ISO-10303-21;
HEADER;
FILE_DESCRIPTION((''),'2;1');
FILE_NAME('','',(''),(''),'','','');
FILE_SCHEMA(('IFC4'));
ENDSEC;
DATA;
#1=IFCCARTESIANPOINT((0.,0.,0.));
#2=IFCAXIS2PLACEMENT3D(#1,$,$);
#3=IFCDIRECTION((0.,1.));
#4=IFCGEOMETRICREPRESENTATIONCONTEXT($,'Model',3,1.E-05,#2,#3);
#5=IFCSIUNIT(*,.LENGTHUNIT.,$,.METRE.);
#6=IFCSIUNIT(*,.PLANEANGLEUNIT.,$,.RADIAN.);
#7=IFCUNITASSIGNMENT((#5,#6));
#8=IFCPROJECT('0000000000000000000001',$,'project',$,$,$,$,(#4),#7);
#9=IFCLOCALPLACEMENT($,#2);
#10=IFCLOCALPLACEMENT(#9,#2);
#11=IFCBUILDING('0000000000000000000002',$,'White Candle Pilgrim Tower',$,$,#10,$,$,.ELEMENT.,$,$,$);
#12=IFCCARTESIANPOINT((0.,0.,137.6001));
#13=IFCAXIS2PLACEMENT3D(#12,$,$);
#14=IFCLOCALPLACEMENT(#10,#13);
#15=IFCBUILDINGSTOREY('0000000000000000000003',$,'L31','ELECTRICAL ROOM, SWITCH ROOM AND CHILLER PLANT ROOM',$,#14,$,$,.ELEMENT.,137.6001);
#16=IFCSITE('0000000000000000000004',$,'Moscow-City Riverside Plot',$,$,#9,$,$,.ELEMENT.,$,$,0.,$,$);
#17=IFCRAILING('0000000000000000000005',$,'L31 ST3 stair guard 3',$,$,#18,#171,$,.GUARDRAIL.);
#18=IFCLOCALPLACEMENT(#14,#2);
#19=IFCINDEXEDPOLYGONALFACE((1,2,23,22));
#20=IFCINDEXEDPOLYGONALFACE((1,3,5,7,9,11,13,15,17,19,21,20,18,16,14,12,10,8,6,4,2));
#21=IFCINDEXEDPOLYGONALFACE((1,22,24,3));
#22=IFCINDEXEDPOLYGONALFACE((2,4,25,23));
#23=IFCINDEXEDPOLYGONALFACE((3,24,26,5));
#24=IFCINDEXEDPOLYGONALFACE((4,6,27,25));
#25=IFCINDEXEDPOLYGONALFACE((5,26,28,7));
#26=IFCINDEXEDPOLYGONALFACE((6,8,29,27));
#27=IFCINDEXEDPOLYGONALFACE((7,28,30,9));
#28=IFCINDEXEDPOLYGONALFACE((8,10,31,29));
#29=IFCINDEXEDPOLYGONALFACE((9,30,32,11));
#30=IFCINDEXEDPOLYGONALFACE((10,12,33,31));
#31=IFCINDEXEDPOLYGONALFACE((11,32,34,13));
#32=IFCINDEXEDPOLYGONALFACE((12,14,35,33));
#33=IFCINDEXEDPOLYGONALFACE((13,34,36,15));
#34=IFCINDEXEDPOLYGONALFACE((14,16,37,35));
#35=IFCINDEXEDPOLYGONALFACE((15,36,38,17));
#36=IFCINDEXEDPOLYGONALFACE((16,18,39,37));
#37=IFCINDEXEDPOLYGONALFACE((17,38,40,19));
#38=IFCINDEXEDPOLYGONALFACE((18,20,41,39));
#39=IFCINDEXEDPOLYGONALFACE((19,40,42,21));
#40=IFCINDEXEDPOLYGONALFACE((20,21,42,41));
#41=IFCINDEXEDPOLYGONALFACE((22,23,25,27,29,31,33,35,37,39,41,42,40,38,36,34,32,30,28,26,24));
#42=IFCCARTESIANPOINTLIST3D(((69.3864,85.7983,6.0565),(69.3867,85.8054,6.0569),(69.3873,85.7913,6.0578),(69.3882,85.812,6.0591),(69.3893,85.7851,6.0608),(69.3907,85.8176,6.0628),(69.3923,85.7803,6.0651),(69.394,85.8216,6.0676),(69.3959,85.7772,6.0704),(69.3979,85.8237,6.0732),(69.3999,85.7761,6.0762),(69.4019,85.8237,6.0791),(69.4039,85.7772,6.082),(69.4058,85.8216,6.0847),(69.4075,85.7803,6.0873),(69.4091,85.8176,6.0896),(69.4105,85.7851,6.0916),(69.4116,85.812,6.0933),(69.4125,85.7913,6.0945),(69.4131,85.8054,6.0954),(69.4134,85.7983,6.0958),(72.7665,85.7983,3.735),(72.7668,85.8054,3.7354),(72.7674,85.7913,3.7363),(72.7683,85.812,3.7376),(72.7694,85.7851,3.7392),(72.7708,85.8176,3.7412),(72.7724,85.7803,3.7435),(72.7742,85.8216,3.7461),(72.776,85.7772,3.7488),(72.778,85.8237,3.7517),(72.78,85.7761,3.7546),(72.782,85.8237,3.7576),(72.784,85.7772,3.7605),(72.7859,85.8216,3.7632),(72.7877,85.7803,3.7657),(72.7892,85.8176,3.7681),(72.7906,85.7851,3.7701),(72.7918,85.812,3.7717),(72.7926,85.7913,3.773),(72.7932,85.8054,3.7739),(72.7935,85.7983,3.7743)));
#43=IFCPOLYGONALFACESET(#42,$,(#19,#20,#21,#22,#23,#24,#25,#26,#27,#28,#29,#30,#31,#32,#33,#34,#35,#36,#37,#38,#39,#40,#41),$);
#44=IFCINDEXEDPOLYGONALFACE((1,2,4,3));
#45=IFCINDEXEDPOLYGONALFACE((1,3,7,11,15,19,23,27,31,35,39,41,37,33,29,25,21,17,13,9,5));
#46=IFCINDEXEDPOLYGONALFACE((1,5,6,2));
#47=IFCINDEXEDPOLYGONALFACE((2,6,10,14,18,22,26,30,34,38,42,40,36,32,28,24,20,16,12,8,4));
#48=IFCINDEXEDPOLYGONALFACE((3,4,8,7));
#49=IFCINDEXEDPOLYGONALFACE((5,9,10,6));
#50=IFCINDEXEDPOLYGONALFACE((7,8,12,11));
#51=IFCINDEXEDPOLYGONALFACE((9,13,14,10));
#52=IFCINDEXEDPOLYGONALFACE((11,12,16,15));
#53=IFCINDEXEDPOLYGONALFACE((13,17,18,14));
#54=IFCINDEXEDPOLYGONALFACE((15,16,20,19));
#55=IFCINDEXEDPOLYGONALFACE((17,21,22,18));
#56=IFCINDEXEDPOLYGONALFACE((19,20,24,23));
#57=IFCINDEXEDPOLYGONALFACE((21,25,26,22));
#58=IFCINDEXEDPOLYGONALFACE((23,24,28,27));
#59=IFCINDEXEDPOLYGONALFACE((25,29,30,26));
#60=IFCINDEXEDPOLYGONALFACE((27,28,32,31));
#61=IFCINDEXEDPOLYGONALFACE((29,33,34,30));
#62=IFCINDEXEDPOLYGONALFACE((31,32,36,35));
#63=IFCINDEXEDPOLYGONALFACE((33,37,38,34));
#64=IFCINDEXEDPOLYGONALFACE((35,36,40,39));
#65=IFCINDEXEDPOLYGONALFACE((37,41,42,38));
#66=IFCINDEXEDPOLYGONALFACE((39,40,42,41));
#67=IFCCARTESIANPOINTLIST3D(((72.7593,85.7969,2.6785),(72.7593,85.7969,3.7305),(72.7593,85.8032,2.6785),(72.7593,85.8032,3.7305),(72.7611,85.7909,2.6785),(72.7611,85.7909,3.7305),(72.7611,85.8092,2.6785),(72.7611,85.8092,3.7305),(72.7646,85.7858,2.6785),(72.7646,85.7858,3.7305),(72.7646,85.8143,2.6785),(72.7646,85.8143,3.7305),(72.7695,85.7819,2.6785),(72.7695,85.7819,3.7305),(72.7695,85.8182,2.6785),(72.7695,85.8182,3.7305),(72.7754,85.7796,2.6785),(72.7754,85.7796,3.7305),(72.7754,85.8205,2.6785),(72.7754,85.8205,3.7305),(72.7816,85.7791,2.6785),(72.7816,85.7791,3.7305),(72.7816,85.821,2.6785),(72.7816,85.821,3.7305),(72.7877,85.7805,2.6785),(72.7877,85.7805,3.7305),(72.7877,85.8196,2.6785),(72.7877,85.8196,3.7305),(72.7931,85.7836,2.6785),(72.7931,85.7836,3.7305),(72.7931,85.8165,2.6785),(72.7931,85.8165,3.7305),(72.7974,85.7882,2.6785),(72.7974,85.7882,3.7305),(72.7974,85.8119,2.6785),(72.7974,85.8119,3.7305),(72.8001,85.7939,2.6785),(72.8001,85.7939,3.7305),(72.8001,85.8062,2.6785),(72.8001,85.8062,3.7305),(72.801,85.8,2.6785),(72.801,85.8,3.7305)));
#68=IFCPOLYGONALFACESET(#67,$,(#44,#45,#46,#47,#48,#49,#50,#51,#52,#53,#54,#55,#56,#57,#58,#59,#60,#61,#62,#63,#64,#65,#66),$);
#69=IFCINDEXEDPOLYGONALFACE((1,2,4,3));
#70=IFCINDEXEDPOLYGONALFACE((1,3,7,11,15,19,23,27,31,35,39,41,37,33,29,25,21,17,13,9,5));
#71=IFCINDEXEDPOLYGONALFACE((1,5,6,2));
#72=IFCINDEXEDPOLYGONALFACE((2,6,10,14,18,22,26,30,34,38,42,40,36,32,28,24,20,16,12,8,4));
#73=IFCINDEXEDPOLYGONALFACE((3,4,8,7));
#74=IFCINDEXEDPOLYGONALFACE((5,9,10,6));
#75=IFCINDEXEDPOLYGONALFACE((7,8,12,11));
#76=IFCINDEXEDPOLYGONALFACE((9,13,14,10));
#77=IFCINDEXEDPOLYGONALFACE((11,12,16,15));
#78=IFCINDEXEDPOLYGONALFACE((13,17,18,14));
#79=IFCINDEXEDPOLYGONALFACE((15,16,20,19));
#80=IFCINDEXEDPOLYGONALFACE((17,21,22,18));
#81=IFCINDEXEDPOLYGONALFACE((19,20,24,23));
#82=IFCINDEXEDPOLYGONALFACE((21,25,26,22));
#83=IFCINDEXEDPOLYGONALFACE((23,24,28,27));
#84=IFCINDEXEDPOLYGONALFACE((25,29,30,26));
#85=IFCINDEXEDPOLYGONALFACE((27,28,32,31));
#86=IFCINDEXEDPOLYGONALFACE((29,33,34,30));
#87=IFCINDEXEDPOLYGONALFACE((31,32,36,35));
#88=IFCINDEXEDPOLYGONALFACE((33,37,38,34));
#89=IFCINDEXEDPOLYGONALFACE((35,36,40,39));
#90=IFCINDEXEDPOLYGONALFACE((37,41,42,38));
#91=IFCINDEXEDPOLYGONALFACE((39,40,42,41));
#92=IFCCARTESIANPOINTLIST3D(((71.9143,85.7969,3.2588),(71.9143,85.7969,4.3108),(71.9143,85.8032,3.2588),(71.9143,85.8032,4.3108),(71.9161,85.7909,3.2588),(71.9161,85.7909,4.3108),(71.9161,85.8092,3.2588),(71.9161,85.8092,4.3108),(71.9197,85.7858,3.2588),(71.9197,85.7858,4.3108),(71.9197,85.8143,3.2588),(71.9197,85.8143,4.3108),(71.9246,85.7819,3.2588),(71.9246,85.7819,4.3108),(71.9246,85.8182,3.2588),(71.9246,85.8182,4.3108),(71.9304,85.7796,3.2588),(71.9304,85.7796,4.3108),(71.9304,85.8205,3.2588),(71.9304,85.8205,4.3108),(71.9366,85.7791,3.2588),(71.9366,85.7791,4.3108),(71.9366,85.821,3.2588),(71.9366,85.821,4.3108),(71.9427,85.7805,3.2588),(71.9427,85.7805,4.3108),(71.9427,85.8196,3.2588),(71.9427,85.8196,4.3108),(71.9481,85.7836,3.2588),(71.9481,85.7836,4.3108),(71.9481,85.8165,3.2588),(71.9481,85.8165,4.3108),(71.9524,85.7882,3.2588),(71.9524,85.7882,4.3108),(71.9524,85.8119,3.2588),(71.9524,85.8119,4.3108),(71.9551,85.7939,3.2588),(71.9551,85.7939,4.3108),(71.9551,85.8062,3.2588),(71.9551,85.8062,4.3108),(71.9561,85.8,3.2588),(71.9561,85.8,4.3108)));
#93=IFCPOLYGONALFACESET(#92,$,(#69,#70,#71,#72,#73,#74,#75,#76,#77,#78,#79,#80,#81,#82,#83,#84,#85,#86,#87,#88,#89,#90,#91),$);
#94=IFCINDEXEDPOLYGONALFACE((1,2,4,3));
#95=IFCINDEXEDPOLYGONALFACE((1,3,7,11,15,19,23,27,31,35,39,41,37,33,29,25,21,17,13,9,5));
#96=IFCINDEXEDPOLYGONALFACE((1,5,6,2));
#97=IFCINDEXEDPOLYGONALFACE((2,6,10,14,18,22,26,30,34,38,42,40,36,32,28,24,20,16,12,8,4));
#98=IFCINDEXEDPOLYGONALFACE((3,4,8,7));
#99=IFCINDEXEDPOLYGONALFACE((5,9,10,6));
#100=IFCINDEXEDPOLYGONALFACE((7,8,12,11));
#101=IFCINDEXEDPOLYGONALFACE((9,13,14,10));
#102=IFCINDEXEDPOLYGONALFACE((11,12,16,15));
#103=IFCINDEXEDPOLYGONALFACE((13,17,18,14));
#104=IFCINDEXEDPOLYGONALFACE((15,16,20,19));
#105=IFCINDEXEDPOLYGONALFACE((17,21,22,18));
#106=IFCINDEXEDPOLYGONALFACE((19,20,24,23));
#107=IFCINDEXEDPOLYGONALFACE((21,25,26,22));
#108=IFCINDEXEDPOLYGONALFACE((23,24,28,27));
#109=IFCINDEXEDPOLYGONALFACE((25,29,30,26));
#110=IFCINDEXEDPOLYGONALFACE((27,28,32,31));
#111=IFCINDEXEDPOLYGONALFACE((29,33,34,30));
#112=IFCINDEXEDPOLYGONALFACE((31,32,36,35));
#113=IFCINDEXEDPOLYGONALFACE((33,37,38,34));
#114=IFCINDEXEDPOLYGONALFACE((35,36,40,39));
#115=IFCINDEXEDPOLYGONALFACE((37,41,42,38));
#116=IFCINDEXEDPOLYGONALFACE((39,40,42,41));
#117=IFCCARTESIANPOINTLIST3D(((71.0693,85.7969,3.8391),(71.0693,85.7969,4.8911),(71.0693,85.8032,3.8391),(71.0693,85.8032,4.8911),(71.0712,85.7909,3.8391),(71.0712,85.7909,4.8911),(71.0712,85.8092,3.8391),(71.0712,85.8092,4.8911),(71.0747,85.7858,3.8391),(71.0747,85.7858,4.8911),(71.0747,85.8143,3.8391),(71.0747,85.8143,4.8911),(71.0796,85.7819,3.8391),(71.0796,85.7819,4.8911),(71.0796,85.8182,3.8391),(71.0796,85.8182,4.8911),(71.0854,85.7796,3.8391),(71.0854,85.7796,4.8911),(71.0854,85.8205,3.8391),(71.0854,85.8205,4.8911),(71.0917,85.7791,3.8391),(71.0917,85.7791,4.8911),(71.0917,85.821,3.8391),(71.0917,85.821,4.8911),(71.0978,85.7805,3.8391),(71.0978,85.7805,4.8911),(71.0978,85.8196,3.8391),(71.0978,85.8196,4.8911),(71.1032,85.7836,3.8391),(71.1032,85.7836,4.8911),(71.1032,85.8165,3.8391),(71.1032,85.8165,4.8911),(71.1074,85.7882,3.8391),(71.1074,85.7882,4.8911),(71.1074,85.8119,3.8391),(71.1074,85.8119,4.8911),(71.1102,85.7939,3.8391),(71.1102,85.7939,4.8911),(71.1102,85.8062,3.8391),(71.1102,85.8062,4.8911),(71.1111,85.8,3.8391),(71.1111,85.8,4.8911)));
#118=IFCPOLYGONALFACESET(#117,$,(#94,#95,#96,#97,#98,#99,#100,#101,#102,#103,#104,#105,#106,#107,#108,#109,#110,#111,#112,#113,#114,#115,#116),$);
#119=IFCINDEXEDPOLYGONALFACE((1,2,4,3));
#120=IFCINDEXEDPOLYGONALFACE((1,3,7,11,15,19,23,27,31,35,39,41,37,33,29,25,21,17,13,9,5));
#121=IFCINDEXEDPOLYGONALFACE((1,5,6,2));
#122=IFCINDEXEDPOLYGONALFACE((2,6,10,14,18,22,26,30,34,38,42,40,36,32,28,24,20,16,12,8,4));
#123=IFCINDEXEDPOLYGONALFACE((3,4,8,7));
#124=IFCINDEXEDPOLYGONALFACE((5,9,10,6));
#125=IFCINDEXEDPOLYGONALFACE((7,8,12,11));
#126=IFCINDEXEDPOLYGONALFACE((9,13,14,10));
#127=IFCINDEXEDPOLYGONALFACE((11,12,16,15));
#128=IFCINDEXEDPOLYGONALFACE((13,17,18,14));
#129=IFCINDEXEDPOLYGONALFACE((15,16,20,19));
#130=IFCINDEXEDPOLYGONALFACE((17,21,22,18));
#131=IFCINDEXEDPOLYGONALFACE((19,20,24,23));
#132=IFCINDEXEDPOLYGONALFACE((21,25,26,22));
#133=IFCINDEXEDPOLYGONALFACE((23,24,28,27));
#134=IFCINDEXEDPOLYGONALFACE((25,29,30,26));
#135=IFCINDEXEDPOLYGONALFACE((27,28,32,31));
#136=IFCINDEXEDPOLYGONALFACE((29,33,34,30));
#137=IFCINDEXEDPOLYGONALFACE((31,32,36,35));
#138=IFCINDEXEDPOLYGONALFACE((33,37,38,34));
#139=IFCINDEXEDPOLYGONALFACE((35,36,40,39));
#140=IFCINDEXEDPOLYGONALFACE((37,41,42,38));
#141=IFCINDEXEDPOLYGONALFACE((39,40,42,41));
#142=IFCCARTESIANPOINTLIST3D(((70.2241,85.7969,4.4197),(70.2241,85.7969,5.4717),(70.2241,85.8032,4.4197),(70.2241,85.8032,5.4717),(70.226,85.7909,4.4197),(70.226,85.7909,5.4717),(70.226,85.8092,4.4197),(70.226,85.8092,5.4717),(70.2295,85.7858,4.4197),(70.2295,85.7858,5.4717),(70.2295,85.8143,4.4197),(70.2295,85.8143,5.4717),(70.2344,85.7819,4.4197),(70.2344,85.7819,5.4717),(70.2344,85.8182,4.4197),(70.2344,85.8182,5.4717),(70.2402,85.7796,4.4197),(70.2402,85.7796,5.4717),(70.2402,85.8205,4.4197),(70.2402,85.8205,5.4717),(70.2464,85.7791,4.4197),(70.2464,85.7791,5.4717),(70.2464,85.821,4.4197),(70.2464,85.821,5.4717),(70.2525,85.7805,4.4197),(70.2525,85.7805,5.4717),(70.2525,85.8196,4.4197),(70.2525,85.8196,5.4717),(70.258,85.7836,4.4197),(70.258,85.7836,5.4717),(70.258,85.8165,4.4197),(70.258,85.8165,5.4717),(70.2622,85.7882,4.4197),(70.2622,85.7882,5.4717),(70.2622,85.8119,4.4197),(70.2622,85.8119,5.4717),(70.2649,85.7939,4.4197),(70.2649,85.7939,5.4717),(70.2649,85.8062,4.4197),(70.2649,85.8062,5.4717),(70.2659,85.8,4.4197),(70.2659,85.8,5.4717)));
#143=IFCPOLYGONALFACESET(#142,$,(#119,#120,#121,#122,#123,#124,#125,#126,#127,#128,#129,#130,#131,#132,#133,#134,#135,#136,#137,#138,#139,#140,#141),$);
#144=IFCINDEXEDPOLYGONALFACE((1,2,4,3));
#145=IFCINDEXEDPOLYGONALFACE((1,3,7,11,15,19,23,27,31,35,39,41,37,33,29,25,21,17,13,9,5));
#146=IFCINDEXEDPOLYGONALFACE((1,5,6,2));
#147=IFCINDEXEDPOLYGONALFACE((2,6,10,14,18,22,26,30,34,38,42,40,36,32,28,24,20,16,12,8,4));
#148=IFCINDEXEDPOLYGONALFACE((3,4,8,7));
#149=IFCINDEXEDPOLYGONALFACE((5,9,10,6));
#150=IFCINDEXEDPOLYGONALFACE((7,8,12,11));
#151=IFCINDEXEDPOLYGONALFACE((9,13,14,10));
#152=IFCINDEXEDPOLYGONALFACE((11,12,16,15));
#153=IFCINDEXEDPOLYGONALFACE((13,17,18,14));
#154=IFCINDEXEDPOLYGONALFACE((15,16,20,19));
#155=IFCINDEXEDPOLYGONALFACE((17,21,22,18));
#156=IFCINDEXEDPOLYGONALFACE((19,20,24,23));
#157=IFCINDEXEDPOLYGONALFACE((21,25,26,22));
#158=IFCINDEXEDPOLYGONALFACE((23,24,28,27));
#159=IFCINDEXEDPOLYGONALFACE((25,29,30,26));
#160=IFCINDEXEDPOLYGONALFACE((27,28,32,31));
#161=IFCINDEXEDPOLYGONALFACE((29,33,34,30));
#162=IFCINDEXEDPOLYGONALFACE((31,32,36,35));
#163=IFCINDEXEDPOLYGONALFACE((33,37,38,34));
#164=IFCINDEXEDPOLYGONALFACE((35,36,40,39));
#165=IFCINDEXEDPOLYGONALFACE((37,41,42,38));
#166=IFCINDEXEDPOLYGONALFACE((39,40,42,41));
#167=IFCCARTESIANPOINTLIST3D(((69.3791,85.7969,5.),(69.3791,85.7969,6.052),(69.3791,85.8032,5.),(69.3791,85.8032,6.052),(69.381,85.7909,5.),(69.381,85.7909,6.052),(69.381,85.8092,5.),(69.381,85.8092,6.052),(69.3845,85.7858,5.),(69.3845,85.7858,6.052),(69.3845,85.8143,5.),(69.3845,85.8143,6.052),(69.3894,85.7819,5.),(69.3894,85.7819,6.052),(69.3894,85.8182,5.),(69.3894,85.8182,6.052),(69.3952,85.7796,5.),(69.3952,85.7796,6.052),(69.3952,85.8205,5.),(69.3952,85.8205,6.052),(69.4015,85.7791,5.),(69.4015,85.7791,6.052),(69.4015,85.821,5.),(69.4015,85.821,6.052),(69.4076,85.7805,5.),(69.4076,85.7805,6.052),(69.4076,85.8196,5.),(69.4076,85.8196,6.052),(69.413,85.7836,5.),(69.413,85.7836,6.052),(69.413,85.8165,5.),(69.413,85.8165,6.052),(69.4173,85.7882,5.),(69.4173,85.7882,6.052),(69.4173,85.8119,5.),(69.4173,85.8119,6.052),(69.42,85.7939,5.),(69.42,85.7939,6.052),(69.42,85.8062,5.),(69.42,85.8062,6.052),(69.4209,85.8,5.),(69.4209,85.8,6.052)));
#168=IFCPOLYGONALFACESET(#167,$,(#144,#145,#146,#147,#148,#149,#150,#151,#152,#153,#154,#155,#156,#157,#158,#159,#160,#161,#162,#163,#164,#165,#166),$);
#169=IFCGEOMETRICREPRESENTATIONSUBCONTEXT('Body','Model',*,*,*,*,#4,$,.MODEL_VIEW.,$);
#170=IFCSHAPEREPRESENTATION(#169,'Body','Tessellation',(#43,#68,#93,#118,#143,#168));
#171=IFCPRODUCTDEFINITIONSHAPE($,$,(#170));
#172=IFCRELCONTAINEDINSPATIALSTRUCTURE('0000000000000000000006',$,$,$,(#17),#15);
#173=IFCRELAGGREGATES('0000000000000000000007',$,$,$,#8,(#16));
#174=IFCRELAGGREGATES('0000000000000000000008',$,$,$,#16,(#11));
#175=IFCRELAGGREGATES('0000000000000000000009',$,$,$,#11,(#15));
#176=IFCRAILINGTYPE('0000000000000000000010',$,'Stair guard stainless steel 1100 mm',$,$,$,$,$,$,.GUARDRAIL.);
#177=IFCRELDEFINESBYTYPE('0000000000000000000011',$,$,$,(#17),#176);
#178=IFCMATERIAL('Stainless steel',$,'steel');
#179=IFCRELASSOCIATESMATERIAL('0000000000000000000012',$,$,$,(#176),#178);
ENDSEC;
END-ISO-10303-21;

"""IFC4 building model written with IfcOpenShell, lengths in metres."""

from ifc_helpers import new_model, si_unit, direction, frame, origin, origin_2d, place, context, subcontext, project, spatial, circle, extrude, material, type_object, element, save


model = new_model("IFC4")

# Units and contexts
model_context = context("Model", 3, precision=1e-05, world=origin(), true_north=direction((0.0, 1.0)))
body_context = subcontext(model_context, "Body", "Model", "MODEL_VIEW")
ifc_project = project(units=[si_unit("LENGTHUNIT", "METRE"), si_unit("PLANEANGLEUNIT", "RADIAN")], contexts=[model_context])

# Site, building, storey
site_placement = place(None, origin())
site = spatial("IfcSite", under=ifc_project, at=site_placement, Name="Moscow-City Riverside Plot", CompositionType="ELEMENT", RefElevation=0.0)
building_placement = place(site_placement, origin())
building = spatial("IfcBuilding", under=site, at=building_placement, Name="White Candle Pilgrim Tower", CompositionType="ELEMENT")
storey_placement = place(building_placement, frame((0.0, 0.0, 137.6001)))
storey = spatial("IfcBuildingStorey", under=building, at=storey_placement, Name="L31", Description="ELECTRICAL ROOM, SWITCH ROOM AND CHILLER PLANT ROOM", CompositionType="ELEMENT", Elevation=137.6001)

# Railing
ifc_material_1 = material(Name="Stainless steel", Category="steel")
railing_type_1 = type_object("IfcRailingType", Name="Stair guard stainless steel 1100 mm", PredefinedType="GUARDRAIL", material=ifc_material_1)
railing_1_placement = place(storey_placement, frame((72.78, 85.8, 2.6785)))
element("IfcRailing", 1, at=railing_1_placement, inside=storey, type_object=railing_type_1, Name="L31 ST3 stair guard 3", PredefinedType="GUARDRAIL", context=body_context, shape_type="SweptSolid", body=[
    extrude(circle(Radius=0.0239, at=origin_2d()), frame((0.0, 0.0, 1.0762), z_axis=(-0.824304, 0.0, 0.566147), x_axis=(0.0, -1.0, 0.0)), (0.0, 0.0, 1.0), 4.1006),
    extrude(circle(Radius=0.021, at=origin_2d()), origin(), (0.0, 0.0, 1.0), 1.052),
    extrude(circle(Radius=0.021, at=origin_2d()), frame((-0.845, 0.0, 0.5803)), (0.0, 0.0, 1.0), 1.052),
    extrude(circle(Radius=0.021, at=origin_2d()), frame((-1.6899, 0.0, 1.1606)), (0.0, 0.0, 1.0), 1.052),
    extrude(circle(Radius=0.021, at=origin_2d()), frame((-2.5352, 0.0, 1.7412)), (0.0, 0.0, 1.0), 1.052),
    extrude(circle(Radius=0.021, at=origin_2d()), frame((-3.3801, 0.0, 2.3215)), (0.0, 0.0, 1.0), 1.052),
])

save(model, "model.ifc")
